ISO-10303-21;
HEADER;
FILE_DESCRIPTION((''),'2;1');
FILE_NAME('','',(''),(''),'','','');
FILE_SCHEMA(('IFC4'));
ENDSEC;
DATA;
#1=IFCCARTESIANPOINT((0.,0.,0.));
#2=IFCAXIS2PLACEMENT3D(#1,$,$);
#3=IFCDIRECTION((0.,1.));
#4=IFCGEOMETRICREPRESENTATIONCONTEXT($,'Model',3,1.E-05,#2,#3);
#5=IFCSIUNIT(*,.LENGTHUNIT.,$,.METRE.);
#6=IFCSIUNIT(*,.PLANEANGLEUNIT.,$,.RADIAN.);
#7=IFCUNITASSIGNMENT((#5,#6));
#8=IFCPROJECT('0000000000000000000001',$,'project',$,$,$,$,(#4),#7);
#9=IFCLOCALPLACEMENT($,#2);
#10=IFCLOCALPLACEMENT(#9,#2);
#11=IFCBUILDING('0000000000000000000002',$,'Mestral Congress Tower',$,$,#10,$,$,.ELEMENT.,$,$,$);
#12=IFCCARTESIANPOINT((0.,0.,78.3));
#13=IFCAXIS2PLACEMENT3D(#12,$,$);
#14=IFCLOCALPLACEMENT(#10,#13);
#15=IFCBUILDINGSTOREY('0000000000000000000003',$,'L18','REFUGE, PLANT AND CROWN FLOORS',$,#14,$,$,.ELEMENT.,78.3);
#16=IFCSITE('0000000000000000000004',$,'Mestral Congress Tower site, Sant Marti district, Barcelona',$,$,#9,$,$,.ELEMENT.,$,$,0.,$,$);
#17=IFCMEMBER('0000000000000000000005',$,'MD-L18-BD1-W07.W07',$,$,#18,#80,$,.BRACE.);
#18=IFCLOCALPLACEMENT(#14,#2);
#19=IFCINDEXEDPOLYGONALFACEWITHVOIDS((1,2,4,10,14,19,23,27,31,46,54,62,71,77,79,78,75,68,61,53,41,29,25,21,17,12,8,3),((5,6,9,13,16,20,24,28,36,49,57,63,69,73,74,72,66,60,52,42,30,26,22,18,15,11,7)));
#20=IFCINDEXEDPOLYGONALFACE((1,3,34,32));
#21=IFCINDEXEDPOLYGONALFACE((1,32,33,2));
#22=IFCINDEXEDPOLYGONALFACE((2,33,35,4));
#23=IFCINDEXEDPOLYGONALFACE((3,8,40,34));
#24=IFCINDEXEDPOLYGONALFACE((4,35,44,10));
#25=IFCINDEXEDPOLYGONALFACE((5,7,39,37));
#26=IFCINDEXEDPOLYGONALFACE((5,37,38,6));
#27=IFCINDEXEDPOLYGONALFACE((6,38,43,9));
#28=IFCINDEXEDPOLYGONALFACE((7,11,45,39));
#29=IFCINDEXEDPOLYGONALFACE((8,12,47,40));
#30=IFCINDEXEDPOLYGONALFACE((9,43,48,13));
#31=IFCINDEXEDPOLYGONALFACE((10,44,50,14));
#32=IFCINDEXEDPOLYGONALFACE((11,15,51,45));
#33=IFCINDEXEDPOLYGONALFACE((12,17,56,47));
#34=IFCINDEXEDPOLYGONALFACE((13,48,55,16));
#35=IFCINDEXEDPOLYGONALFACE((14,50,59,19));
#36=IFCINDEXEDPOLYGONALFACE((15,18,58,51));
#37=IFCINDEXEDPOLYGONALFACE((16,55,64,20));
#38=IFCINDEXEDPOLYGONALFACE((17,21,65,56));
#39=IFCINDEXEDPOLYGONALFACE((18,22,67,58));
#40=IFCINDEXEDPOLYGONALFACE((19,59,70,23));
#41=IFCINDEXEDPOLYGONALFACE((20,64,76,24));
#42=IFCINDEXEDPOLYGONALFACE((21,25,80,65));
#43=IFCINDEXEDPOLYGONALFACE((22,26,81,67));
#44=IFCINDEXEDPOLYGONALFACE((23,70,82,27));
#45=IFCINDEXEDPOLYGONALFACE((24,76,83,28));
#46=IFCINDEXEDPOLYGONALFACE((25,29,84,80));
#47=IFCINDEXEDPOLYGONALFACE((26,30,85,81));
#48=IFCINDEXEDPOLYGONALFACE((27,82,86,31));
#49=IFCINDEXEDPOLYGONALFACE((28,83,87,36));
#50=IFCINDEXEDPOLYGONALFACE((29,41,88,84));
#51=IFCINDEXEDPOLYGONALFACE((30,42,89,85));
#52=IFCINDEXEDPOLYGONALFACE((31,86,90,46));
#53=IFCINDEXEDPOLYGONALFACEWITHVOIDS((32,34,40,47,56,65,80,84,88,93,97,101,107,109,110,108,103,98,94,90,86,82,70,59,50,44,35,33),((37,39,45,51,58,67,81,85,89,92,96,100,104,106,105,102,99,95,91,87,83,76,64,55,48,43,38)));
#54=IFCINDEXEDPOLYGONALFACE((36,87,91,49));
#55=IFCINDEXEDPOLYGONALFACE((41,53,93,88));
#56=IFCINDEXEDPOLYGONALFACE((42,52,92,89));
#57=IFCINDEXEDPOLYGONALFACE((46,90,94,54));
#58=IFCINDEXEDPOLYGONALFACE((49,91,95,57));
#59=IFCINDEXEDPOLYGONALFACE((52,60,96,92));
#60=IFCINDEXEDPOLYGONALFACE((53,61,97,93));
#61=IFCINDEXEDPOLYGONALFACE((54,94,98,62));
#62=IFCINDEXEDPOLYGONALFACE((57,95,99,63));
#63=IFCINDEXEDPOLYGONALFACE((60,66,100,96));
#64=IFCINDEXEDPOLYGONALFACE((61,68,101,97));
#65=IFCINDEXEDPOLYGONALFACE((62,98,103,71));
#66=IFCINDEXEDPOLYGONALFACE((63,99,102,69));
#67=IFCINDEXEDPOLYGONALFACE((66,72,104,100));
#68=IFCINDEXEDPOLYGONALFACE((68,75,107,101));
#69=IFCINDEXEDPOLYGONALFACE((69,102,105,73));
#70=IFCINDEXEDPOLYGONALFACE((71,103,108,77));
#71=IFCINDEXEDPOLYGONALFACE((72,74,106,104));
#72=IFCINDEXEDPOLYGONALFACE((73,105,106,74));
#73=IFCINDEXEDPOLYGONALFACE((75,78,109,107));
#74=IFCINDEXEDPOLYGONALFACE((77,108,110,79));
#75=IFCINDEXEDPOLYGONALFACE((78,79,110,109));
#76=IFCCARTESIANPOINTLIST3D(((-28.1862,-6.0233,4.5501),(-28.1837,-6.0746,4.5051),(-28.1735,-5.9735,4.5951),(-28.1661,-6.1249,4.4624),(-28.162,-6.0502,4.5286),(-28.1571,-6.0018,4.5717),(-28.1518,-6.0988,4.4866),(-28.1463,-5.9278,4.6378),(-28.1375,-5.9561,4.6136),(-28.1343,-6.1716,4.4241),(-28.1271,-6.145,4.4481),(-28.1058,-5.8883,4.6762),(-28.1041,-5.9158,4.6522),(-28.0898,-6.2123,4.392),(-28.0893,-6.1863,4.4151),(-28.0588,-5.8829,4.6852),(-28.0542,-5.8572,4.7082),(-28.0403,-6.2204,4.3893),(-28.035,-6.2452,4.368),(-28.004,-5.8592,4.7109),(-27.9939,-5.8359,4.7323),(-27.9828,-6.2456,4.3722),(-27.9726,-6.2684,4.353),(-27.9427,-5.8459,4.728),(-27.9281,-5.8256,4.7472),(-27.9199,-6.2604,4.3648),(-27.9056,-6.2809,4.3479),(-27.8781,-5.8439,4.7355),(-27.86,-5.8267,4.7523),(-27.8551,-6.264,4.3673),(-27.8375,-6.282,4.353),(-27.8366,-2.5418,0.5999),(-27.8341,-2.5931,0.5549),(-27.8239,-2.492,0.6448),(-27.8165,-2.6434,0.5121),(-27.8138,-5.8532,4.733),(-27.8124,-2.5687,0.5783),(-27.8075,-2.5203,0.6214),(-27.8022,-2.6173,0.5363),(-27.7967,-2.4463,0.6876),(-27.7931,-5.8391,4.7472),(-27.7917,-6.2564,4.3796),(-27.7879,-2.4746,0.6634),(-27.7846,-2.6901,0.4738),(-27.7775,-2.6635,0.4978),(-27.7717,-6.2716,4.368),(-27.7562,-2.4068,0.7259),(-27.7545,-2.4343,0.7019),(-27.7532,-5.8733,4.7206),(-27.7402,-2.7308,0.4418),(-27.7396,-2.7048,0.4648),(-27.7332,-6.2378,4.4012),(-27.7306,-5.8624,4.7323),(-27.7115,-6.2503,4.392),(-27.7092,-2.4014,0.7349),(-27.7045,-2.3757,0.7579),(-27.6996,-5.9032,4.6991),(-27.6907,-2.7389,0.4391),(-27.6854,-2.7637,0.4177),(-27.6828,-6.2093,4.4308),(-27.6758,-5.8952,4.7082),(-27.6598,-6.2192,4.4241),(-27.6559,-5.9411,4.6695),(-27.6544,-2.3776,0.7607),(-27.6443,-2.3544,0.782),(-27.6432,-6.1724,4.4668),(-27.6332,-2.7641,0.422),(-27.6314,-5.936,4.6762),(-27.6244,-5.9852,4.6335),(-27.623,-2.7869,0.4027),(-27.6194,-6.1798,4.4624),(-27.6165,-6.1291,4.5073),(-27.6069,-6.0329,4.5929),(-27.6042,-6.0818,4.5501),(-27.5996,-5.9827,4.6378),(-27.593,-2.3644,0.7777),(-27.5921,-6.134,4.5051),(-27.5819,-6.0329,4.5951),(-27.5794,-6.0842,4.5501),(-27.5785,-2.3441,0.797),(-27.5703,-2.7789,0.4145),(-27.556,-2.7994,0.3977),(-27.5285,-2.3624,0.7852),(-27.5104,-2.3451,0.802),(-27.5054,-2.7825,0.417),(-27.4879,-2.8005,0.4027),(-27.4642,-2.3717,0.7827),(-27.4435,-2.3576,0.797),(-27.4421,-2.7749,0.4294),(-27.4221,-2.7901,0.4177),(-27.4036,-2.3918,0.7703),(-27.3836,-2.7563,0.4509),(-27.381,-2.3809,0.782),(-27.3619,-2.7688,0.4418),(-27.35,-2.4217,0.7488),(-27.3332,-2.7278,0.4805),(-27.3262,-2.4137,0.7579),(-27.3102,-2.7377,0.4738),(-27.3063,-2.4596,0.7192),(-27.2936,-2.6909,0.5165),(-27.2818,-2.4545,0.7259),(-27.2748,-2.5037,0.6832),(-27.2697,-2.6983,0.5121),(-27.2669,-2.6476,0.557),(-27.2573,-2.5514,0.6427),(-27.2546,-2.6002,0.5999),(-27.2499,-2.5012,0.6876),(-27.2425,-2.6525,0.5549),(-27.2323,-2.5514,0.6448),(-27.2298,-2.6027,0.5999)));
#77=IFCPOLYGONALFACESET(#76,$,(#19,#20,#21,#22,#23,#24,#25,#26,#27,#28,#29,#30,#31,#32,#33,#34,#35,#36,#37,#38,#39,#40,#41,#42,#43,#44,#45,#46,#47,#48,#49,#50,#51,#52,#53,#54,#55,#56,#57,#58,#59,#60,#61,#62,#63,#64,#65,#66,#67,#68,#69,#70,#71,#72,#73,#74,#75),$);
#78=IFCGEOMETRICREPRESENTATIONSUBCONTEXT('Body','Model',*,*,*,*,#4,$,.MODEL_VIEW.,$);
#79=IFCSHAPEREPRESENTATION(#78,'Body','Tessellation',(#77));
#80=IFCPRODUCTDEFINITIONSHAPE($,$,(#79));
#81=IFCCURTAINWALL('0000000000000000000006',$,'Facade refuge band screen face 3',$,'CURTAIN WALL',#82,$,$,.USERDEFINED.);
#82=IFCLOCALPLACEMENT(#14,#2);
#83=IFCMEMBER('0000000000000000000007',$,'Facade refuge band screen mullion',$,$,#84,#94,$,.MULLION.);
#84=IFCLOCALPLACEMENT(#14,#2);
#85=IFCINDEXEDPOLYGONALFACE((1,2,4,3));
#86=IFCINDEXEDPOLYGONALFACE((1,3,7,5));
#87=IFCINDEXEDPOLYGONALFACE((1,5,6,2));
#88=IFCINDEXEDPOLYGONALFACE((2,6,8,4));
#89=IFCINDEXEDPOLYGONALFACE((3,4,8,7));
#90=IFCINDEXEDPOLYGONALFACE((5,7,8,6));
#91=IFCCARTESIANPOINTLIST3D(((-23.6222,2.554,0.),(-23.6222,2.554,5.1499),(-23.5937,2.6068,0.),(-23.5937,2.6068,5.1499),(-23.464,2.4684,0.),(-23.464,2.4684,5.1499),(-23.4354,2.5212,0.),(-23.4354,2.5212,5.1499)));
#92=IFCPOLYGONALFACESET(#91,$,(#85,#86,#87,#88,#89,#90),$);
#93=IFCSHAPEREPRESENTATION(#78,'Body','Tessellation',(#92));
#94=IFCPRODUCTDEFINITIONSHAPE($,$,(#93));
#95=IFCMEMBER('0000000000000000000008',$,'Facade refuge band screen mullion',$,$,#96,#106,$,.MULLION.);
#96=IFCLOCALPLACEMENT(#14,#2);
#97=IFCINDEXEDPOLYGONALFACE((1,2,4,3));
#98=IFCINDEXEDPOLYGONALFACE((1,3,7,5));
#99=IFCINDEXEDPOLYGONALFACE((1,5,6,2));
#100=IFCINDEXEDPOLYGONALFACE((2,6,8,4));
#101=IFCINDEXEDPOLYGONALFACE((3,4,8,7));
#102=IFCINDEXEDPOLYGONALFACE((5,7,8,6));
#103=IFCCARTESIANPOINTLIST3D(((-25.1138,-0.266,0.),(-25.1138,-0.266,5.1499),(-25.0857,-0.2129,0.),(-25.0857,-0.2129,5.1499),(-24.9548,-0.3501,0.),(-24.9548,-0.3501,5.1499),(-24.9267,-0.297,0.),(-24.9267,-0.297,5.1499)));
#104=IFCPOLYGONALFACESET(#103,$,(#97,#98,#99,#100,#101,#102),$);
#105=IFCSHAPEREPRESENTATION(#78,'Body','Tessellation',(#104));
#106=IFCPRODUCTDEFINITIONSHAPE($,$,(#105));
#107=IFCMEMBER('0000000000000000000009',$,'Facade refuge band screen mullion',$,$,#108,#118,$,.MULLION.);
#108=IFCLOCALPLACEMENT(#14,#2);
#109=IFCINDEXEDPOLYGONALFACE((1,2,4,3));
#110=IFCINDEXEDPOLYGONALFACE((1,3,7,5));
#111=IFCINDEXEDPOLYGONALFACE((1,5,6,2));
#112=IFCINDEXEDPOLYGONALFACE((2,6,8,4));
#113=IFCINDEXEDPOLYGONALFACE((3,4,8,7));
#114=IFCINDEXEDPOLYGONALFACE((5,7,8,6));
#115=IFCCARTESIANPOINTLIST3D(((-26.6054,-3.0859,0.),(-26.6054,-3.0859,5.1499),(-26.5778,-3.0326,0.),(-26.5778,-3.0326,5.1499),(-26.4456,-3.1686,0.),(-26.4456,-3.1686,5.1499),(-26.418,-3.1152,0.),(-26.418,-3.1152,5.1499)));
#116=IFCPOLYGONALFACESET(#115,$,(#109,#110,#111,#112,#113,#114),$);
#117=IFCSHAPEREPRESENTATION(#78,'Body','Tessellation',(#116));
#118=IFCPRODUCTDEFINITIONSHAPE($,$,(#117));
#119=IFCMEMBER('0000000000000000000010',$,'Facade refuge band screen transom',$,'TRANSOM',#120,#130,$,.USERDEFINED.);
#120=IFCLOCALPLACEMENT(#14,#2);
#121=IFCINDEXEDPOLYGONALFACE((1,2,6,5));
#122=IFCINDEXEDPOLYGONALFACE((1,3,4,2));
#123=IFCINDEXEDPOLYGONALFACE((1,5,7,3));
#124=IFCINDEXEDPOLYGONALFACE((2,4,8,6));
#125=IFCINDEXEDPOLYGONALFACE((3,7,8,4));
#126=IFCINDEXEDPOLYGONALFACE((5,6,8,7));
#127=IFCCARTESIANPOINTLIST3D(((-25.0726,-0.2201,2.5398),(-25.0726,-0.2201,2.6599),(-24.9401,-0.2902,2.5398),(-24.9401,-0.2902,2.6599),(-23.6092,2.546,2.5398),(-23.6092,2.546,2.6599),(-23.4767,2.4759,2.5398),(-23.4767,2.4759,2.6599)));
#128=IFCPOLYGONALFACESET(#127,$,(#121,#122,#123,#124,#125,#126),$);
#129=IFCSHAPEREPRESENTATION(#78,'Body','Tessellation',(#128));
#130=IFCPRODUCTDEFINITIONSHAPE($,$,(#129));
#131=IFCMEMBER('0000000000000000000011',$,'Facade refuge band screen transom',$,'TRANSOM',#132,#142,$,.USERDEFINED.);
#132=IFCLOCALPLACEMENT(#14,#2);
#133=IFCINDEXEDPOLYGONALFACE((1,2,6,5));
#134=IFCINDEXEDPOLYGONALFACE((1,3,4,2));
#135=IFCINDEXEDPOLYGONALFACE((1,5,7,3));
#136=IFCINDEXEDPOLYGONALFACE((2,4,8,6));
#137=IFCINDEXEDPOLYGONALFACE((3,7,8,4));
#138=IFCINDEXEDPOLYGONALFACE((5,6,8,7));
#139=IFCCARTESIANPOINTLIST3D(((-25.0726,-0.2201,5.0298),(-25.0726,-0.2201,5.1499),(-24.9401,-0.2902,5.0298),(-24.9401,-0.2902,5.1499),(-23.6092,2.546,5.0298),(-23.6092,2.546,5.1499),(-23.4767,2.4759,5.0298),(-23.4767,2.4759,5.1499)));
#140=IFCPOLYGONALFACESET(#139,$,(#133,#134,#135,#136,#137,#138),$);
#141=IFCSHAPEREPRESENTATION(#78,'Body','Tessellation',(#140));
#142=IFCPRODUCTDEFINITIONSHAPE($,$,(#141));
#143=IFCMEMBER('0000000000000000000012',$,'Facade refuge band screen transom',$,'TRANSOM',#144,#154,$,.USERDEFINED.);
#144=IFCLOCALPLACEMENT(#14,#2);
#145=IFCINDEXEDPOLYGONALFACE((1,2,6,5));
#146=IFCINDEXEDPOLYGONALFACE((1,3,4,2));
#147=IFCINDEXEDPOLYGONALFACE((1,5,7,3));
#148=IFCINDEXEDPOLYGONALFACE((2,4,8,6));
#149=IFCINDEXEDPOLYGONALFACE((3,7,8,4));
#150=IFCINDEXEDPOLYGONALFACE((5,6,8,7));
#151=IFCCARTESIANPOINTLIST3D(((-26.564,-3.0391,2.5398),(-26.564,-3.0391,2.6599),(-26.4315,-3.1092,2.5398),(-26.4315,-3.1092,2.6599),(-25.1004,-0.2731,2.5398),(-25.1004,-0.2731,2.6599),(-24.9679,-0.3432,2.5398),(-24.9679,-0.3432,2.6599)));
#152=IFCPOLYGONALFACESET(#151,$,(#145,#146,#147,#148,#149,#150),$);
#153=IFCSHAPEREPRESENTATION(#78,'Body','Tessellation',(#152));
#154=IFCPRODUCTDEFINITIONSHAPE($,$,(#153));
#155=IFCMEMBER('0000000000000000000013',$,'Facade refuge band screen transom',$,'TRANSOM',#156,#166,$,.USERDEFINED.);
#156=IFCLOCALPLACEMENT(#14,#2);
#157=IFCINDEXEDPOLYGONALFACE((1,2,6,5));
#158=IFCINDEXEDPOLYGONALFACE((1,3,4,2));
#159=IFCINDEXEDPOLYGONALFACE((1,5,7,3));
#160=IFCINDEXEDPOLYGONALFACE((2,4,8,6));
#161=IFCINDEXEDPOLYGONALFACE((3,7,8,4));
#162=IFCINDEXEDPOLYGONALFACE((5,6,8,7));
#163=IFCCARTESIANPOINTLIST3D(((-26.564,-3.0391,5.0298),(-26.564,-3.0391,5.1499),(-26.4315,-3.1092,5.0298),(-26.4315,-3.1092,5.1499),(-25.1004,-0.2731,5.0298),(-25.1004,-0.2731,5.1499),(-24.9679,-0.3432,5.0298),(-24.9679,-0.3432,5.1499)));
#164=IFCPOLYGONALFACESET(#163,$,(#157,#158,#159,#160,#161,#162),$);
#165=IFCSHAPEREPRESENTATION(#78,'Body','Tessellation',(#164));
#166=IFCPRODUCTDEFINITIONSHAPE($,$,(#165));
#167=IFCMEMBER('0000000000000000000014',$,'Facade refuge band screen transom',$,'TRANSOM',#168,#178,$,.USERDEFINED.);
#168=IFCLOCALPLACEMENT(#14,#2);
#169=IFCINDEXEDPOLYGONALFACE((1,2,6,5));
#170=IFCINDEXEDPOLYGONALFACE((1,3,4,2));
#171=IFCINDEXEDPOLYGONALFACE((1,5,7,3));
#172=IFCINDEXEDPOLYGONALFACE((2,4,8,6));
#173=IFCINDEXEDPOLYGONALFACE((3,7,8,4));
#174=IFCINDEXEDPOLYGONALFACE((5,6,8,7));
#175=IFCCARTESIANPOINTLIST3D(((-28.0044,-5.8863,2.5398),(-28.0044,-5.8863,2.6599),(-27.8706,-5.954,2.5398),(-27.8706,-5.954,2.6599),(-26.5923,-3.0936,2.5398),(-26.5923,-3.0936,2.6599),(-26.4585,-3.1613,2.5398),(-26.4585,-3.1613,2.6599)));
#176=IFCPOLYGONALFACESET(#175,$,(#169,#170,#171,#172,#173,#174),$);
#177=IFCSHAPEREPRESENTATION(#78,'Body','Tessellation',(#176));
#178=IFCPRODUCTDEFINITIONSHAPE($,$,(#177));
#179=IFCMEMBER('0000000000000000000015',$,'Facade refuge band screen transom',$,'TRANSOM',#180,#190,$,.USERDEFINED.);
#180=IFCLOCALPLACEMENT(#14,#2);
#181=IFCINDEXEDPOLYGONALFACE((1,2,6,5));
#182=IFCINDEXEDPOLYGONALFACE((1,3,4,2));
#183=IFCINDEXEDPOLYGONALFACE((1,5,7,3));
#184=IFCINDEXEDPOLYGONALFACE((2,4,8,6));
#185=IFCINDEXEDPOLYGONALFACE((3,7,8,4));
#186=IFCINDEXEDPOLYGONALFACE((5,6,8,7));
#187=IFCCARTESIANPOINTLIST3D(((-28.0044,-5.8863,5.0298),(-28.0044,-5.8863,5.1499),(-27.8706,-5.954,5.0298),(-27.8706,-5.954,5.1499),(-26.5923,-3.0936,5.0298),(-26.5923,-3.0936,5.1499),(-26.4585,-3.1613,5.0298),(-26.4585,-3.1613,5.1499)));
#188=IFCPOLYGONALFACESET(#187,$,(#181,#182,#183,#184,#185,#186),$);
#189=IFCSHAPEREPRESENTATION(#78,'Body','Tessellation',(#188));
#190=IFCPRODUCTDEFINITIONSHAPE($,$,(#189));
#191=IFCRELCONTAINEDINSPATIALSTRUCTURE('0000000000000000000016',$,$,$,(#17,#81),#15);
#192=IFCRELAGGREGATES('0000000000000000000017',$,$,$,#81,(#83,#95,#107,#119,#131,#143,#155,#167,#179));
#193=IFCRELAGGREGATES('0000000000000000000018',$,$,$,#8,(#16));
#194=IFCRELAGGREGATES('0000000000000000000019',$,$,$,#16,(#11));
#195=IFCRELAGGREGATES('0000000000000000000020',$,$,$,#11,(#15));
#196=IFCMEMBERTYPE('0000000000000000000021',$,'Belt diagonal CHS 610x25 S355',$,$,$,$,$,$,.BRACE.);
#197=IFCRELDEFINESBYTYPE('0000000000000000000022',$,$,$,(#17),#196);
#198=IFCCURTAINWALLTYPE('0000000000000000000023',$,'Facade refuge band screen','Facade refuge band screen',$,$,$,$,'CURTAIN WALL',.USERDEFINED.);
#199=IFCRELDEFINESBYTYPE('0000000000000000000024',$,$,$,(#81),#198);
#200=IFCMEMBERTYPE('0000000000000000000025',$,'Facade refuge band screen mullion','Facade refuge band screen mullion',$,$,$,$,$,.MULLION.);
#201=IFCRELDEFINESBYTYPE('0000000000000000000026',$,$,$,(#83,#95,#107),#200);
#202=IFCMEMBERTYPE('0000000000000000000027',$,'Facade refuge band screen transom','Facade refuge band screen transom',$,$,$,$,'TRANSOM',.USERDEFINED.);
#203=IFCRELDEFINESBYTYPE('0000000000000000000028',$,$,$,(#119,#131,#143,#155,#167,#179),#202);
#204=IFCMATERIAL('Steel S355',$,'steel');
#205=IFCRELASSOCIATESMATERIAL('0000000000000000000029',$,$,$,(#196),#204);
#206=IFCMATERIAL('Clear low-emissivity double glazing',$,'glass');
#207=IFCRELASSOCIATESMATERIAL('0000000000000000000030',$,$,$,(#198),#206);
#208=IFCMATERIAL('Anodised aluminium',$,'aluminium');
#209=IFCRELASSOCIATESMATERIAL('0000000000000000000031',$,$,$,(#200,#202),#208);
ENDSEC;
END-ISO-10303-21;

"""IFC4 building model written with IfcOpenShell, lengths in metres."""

from ifc_helpers import new_model, si_unit, direction, frame, origin, origin_2d, place, context, subcontext, project, spatial, rectangle, hollow_circle, extrude, material, material_profile, profile_set, type_object, element, aggregate, save


model = new_model("IFC4")

# Units and contexts
model_context = context("Model", 3, precision=1e-05, world=origin(), true_north=direction((0.0, 1.0)))
body_context = subcontext(model_context, "Body", "Model", "MODEL_VIEW")
ifc_project = project(units=[si_unit("LENGTHUNIT", "METRE"), si_unit("PLANEANGLEUNIT", "RADIAN")], contexts=[model_context])

# Site, building, storey
site_placement = place(None, origin())
site = spatial("IfcSite", under=ifc_project, at=site_placement, Name="Mestral Congress Tower site, Sant Marti district, Barcelona", CompositionType="ELEMENT", RefElevation=0.0)
building_placement = place(site_placement, origin())
building = spatial("IfcBuilding", under=site, at=building_placement, Name="Mestral Congress Tower", CompositionType="ELEMENT")
storey_placement = place(building_placement, frame((0.0, 0.0, 78.3)))
storey = spatial("IfcBuildingStorey", under=building, at=storey_placement, Name="L18", Description="REFUGE, PLANT AND CROWN FLOORS", CompositionType="ELEMENT", Elevation=78.3)

# Member
ifc_material_1 = material(Name="Steel S355", Category="steel")
ifc_material_profile_1 = material_profile(ifc_material_1, hollow_circle(Radius=0.3049, WallThickness=0.0249, at=origin_2d()), Name="CHS 610x25")
ifc_profile_set_1 = profile_set([ifc_material_profile_1], Name="Steel S355")
member_type_1 = type_object("IfcMemberType", Name="Belt diagonal CHS 610x25 S355", PredefinedType="BRACE", material=ifc_profile_set_1)
member_1_placement = place(storey_placement, frame((-27.5332, -2.5723, 0.5999), z_axis=(-0.066252, -0.659739, 0.748568), x_axis=(0.994996, -0.099918, 0.0)))
element("IfcMember", 1, at=member_1_placement, inside=storey, type_object=member_type_1, Name="MD-L18-BD1-W07.W07", PredefinedType="BRACE", context=body_context, shape_type="SweptSolid", body=[
    extrude(hollow_circle(Radius=0.3049, WallThickness=0.0249, at=origin_2d()), origin(), (0.0, 0.0, 1.0), 5.2771),
])

# Curtain wall, members
ifc_material_2 = material(Name="Clear low-emissivity double glazing", Category="glass")
curtain_wall_type = type_object("IfcCurtainWallType", Name="Facade refuge band screen", Description="Facade refuge band screen", ElementType="CURTAIN WALL", PredefinedType="USERDEFINED", material=ifc_material_2)
curtain_wall_placement = place(storey_placement, origin())
curtain_wall = element("IfcCurtainWall", 2, at=curtain_wall_placement, inside=storey, type_object=curtain_wall_type, Name="Facade refuge band screen face 3", ObjectType="CURTAIN WALL", PredefinedType="USERDEFINED")
ifc_material_3 = material(Name="Anodised aluminium", Category="aluminium")
ifc_material_profile_2 = material_profile(ifc_material_3, rectangle(XDim=0.1799, YDim=0.0601, at=origin_2d()), Name="CW3 mullion 180 x 60")
ifc_profile_set_2 = profile_set([ifc_material_profile_2], Name="Anodised aluminium")
member_type_2 = type_object("IfcMemberType", Name="Facade refuge band screen mullion", Description="Facade refuge band screen mullion", PredefinedType="MULLION", material=ifc_profile_set_2)
member_2_placement = place(storey_placement, frame((-23.5288, 2.5376, 0.0), z_axis=(0.0, 0.0, 1.0), x_axis=(-0.879556, 0.475796, 0.0)))
member_2 = element("IfcMember", 3, at=member_2_placement, type_object=member_type_2, Name="Facade refuge band screen mullion", PredefinedType="MULLION", context=body_context, shape_type="SweptSolid", body=[
    extrude(rectangle(XDim=0.1799, YDim=0.0601, at=origin_2d()), origin(), (0.0, 0.0, 1.0), 5.1499),
])
member_3_placement = place(storey_placement, frame((-25.0203, -0.2815, 0.0), z_axis=(0.0, 0.0, 1.0), x_axis=(-0.883916, 0.467646, 0.0)))
member_3 = element("IfcMember", 4, at=member_3_placement, type_object=member_type_2, Name="Facade refuge band screen mullion", PredefinedType="MULLION", context=body_context, shape_type="SweptSolid", body=[
    extrude(rectangle(XDim=0.1799, YDim=0.0601, at=origin_2d()), origin(), (0.0, 0.0, 1.0), 5.1499),
])
member_4_placement = place(storey_placement, frame((-26.5117, -3.1006, 0.0), z_axis=(0.0, 0.0, 1.0), x_axis=(-0.888201, 0.459456, 0.0)))
member_4 = element("IfcMember", 5, at=member_4_placement, type_object=member_type_2, Name="Facade refuge band screen mullion", PredefinedType="MULLION", context=body_context, shape_type="SweptSolid", body=[
    extrude(rectangle(XDim=0.1799, YDim=0.0601, at=origin_2d()), origin(), (0.0, 0.0, 1.0), 5.1499),
])
ifc_material_profile_3 = material_profile(ifc_material_3, rectangle(XDim=0.1499, YDim=0.1201, at=origin_2d()), Name="CW3 transom 150 x 120")
ifc_profile_set_3 = profile_set([ifc_material_profile_3], Name="Anodised aluminium")
member_type_3 = type_object("IfcMemberType", Name="Facade refuge band screen transom", Description="Facade refuge band screen transom", ElementType="TRANSOM", PredefinedType="USERDEFINED", material=ifc_profile_set_3)
member_5_placement = place(storey_placement, frame((-23.543, 2.511, 2.5999), z_axis=(-0.46763, -0.883925, 0.0), x_axis=(0.883925, -0.46763, 0.0)))
member_5 = element("IfcMember", 6, at=member_5_placement, type_object=member_type_3, Name="Facade refuge band screen transom", ObjectType="TRANSOM", PredefinedType="USERDEFINED", context=body_context, shape_type="SweptSolid", body=[
    extrude(rectangle(XDim=0.1499, YDim=0.1201, at=origin_2d()), origin(), (0.0, 0.0, 1.0), 3.1294),
])
member_6_placement = place(storey_placement, frame((-23.543, 2.511, 5.0898), z_axis=(-0.46763, -0.883925, 0.0), x_axis=(0.883925, -0.46763, 0.0)))
member_6 = element("IfcMember", 7, at=member_6_placement, type_object=member_type_3, Name="Facade refuge band screen transom", ObjectType="TRANSOM", PredefinedType="USERDEFINED", context=body_context, shape_type="SweptSolid", body=[
    extrude(rectangle(XDim=0.1499, YDim=0.1201, at=origin_2d()), origin(), (0.0, 0.0, 1.0), 3.1294),
])
member_7_placement = place(storey_placement, frame((-25.0342, -0.3081, 2.5999), z_axis=(-0.467691, -0.883892, 0.0), x_axis=(0.883892, -0.467691, 0.0)))
member_7 = element("IfcMember", 8, at=member_7_placement, type_object=member_type_3, Name="Facade refuge band screen transom", ObjectType="TRANSOM", PredefinedType="USERDEFINED", context=body_context, shape_type="SweptSolid", body=[
    extrude(rectangle(XDim=0.1499, YDim=0.1201, at=origin_2d()), origin(), (0.0, 0.0, 1.0), 3.1294),
])
member_8_placement = place(storey_placement, frame((-25.0342, -0.3081, 5.0898), z_axis=(-0.467691, -0.883892, 0.0), x_axis=(0.883892, -0.467691, 0.0)))
member_8 = element("IfcMember", 9, at=member_8_placement, type_object=member_type_3, Name="Facade refuge band screen transom", ObjectType="TRANSOM", PredefinedType="USERDEFINED", context=body_context, shape_type="SweptSolid", body=[
    extrude(rectangle(XDim=0.1499, YDim=0.1201, at=origin_2d()), origin(), (0.0, 0.0, 1.0), 3.1294),
])
member_9_placement = place(storey_placement, frame((-26.5254, -3.1274, 2.5999), z_axis=(-0.451235, -0.892405, 0.0), x_axis=(0.892405, -0.451235, 0.0)))
member_9 = element("IfcMember", 10, at=member_9_placement, type_object=member_type_3, Name="Facade refuge band screen transom", ObjectType="TRANSOM", PredefinedType="USERDEFINED", context=body_context, shape_type="SweptSolid", body=[
    extrude(rectangle(XDim=0.1499, YDim=0.1201, at=origin_2d()), origin(), (0.0, 0.0, 1.0), 3.1294),
])
member_10_placement = place(storey_placement, frame((-26.5254, -3.1274, 5.0898), z_axis=(-0.451235, -0.892405, 0.0), x_axis=(0.892405, -0.451235, 0.0)))
member_10 = element("IfcMember", 11, at=member_10_placement, type_object=member_type_3, Name="Facade refuge band screen transom", ObjectType="TRANSOM", PredefinedType="USERDEFINED", context=body_context, shape_type="SweptSolid", body=[
    extrude(rectangle(XDim=0.1499, YDim=0.1201, at=origin_2d()), origin(), (0.0, 0.0, 1.0), 3.1294),
])

aggregate(curtain_wall, [member_2, member_3, member_4, member_5, member_6, member_7, member_8, member_9, member_10])

save(model, "model.ifc")
